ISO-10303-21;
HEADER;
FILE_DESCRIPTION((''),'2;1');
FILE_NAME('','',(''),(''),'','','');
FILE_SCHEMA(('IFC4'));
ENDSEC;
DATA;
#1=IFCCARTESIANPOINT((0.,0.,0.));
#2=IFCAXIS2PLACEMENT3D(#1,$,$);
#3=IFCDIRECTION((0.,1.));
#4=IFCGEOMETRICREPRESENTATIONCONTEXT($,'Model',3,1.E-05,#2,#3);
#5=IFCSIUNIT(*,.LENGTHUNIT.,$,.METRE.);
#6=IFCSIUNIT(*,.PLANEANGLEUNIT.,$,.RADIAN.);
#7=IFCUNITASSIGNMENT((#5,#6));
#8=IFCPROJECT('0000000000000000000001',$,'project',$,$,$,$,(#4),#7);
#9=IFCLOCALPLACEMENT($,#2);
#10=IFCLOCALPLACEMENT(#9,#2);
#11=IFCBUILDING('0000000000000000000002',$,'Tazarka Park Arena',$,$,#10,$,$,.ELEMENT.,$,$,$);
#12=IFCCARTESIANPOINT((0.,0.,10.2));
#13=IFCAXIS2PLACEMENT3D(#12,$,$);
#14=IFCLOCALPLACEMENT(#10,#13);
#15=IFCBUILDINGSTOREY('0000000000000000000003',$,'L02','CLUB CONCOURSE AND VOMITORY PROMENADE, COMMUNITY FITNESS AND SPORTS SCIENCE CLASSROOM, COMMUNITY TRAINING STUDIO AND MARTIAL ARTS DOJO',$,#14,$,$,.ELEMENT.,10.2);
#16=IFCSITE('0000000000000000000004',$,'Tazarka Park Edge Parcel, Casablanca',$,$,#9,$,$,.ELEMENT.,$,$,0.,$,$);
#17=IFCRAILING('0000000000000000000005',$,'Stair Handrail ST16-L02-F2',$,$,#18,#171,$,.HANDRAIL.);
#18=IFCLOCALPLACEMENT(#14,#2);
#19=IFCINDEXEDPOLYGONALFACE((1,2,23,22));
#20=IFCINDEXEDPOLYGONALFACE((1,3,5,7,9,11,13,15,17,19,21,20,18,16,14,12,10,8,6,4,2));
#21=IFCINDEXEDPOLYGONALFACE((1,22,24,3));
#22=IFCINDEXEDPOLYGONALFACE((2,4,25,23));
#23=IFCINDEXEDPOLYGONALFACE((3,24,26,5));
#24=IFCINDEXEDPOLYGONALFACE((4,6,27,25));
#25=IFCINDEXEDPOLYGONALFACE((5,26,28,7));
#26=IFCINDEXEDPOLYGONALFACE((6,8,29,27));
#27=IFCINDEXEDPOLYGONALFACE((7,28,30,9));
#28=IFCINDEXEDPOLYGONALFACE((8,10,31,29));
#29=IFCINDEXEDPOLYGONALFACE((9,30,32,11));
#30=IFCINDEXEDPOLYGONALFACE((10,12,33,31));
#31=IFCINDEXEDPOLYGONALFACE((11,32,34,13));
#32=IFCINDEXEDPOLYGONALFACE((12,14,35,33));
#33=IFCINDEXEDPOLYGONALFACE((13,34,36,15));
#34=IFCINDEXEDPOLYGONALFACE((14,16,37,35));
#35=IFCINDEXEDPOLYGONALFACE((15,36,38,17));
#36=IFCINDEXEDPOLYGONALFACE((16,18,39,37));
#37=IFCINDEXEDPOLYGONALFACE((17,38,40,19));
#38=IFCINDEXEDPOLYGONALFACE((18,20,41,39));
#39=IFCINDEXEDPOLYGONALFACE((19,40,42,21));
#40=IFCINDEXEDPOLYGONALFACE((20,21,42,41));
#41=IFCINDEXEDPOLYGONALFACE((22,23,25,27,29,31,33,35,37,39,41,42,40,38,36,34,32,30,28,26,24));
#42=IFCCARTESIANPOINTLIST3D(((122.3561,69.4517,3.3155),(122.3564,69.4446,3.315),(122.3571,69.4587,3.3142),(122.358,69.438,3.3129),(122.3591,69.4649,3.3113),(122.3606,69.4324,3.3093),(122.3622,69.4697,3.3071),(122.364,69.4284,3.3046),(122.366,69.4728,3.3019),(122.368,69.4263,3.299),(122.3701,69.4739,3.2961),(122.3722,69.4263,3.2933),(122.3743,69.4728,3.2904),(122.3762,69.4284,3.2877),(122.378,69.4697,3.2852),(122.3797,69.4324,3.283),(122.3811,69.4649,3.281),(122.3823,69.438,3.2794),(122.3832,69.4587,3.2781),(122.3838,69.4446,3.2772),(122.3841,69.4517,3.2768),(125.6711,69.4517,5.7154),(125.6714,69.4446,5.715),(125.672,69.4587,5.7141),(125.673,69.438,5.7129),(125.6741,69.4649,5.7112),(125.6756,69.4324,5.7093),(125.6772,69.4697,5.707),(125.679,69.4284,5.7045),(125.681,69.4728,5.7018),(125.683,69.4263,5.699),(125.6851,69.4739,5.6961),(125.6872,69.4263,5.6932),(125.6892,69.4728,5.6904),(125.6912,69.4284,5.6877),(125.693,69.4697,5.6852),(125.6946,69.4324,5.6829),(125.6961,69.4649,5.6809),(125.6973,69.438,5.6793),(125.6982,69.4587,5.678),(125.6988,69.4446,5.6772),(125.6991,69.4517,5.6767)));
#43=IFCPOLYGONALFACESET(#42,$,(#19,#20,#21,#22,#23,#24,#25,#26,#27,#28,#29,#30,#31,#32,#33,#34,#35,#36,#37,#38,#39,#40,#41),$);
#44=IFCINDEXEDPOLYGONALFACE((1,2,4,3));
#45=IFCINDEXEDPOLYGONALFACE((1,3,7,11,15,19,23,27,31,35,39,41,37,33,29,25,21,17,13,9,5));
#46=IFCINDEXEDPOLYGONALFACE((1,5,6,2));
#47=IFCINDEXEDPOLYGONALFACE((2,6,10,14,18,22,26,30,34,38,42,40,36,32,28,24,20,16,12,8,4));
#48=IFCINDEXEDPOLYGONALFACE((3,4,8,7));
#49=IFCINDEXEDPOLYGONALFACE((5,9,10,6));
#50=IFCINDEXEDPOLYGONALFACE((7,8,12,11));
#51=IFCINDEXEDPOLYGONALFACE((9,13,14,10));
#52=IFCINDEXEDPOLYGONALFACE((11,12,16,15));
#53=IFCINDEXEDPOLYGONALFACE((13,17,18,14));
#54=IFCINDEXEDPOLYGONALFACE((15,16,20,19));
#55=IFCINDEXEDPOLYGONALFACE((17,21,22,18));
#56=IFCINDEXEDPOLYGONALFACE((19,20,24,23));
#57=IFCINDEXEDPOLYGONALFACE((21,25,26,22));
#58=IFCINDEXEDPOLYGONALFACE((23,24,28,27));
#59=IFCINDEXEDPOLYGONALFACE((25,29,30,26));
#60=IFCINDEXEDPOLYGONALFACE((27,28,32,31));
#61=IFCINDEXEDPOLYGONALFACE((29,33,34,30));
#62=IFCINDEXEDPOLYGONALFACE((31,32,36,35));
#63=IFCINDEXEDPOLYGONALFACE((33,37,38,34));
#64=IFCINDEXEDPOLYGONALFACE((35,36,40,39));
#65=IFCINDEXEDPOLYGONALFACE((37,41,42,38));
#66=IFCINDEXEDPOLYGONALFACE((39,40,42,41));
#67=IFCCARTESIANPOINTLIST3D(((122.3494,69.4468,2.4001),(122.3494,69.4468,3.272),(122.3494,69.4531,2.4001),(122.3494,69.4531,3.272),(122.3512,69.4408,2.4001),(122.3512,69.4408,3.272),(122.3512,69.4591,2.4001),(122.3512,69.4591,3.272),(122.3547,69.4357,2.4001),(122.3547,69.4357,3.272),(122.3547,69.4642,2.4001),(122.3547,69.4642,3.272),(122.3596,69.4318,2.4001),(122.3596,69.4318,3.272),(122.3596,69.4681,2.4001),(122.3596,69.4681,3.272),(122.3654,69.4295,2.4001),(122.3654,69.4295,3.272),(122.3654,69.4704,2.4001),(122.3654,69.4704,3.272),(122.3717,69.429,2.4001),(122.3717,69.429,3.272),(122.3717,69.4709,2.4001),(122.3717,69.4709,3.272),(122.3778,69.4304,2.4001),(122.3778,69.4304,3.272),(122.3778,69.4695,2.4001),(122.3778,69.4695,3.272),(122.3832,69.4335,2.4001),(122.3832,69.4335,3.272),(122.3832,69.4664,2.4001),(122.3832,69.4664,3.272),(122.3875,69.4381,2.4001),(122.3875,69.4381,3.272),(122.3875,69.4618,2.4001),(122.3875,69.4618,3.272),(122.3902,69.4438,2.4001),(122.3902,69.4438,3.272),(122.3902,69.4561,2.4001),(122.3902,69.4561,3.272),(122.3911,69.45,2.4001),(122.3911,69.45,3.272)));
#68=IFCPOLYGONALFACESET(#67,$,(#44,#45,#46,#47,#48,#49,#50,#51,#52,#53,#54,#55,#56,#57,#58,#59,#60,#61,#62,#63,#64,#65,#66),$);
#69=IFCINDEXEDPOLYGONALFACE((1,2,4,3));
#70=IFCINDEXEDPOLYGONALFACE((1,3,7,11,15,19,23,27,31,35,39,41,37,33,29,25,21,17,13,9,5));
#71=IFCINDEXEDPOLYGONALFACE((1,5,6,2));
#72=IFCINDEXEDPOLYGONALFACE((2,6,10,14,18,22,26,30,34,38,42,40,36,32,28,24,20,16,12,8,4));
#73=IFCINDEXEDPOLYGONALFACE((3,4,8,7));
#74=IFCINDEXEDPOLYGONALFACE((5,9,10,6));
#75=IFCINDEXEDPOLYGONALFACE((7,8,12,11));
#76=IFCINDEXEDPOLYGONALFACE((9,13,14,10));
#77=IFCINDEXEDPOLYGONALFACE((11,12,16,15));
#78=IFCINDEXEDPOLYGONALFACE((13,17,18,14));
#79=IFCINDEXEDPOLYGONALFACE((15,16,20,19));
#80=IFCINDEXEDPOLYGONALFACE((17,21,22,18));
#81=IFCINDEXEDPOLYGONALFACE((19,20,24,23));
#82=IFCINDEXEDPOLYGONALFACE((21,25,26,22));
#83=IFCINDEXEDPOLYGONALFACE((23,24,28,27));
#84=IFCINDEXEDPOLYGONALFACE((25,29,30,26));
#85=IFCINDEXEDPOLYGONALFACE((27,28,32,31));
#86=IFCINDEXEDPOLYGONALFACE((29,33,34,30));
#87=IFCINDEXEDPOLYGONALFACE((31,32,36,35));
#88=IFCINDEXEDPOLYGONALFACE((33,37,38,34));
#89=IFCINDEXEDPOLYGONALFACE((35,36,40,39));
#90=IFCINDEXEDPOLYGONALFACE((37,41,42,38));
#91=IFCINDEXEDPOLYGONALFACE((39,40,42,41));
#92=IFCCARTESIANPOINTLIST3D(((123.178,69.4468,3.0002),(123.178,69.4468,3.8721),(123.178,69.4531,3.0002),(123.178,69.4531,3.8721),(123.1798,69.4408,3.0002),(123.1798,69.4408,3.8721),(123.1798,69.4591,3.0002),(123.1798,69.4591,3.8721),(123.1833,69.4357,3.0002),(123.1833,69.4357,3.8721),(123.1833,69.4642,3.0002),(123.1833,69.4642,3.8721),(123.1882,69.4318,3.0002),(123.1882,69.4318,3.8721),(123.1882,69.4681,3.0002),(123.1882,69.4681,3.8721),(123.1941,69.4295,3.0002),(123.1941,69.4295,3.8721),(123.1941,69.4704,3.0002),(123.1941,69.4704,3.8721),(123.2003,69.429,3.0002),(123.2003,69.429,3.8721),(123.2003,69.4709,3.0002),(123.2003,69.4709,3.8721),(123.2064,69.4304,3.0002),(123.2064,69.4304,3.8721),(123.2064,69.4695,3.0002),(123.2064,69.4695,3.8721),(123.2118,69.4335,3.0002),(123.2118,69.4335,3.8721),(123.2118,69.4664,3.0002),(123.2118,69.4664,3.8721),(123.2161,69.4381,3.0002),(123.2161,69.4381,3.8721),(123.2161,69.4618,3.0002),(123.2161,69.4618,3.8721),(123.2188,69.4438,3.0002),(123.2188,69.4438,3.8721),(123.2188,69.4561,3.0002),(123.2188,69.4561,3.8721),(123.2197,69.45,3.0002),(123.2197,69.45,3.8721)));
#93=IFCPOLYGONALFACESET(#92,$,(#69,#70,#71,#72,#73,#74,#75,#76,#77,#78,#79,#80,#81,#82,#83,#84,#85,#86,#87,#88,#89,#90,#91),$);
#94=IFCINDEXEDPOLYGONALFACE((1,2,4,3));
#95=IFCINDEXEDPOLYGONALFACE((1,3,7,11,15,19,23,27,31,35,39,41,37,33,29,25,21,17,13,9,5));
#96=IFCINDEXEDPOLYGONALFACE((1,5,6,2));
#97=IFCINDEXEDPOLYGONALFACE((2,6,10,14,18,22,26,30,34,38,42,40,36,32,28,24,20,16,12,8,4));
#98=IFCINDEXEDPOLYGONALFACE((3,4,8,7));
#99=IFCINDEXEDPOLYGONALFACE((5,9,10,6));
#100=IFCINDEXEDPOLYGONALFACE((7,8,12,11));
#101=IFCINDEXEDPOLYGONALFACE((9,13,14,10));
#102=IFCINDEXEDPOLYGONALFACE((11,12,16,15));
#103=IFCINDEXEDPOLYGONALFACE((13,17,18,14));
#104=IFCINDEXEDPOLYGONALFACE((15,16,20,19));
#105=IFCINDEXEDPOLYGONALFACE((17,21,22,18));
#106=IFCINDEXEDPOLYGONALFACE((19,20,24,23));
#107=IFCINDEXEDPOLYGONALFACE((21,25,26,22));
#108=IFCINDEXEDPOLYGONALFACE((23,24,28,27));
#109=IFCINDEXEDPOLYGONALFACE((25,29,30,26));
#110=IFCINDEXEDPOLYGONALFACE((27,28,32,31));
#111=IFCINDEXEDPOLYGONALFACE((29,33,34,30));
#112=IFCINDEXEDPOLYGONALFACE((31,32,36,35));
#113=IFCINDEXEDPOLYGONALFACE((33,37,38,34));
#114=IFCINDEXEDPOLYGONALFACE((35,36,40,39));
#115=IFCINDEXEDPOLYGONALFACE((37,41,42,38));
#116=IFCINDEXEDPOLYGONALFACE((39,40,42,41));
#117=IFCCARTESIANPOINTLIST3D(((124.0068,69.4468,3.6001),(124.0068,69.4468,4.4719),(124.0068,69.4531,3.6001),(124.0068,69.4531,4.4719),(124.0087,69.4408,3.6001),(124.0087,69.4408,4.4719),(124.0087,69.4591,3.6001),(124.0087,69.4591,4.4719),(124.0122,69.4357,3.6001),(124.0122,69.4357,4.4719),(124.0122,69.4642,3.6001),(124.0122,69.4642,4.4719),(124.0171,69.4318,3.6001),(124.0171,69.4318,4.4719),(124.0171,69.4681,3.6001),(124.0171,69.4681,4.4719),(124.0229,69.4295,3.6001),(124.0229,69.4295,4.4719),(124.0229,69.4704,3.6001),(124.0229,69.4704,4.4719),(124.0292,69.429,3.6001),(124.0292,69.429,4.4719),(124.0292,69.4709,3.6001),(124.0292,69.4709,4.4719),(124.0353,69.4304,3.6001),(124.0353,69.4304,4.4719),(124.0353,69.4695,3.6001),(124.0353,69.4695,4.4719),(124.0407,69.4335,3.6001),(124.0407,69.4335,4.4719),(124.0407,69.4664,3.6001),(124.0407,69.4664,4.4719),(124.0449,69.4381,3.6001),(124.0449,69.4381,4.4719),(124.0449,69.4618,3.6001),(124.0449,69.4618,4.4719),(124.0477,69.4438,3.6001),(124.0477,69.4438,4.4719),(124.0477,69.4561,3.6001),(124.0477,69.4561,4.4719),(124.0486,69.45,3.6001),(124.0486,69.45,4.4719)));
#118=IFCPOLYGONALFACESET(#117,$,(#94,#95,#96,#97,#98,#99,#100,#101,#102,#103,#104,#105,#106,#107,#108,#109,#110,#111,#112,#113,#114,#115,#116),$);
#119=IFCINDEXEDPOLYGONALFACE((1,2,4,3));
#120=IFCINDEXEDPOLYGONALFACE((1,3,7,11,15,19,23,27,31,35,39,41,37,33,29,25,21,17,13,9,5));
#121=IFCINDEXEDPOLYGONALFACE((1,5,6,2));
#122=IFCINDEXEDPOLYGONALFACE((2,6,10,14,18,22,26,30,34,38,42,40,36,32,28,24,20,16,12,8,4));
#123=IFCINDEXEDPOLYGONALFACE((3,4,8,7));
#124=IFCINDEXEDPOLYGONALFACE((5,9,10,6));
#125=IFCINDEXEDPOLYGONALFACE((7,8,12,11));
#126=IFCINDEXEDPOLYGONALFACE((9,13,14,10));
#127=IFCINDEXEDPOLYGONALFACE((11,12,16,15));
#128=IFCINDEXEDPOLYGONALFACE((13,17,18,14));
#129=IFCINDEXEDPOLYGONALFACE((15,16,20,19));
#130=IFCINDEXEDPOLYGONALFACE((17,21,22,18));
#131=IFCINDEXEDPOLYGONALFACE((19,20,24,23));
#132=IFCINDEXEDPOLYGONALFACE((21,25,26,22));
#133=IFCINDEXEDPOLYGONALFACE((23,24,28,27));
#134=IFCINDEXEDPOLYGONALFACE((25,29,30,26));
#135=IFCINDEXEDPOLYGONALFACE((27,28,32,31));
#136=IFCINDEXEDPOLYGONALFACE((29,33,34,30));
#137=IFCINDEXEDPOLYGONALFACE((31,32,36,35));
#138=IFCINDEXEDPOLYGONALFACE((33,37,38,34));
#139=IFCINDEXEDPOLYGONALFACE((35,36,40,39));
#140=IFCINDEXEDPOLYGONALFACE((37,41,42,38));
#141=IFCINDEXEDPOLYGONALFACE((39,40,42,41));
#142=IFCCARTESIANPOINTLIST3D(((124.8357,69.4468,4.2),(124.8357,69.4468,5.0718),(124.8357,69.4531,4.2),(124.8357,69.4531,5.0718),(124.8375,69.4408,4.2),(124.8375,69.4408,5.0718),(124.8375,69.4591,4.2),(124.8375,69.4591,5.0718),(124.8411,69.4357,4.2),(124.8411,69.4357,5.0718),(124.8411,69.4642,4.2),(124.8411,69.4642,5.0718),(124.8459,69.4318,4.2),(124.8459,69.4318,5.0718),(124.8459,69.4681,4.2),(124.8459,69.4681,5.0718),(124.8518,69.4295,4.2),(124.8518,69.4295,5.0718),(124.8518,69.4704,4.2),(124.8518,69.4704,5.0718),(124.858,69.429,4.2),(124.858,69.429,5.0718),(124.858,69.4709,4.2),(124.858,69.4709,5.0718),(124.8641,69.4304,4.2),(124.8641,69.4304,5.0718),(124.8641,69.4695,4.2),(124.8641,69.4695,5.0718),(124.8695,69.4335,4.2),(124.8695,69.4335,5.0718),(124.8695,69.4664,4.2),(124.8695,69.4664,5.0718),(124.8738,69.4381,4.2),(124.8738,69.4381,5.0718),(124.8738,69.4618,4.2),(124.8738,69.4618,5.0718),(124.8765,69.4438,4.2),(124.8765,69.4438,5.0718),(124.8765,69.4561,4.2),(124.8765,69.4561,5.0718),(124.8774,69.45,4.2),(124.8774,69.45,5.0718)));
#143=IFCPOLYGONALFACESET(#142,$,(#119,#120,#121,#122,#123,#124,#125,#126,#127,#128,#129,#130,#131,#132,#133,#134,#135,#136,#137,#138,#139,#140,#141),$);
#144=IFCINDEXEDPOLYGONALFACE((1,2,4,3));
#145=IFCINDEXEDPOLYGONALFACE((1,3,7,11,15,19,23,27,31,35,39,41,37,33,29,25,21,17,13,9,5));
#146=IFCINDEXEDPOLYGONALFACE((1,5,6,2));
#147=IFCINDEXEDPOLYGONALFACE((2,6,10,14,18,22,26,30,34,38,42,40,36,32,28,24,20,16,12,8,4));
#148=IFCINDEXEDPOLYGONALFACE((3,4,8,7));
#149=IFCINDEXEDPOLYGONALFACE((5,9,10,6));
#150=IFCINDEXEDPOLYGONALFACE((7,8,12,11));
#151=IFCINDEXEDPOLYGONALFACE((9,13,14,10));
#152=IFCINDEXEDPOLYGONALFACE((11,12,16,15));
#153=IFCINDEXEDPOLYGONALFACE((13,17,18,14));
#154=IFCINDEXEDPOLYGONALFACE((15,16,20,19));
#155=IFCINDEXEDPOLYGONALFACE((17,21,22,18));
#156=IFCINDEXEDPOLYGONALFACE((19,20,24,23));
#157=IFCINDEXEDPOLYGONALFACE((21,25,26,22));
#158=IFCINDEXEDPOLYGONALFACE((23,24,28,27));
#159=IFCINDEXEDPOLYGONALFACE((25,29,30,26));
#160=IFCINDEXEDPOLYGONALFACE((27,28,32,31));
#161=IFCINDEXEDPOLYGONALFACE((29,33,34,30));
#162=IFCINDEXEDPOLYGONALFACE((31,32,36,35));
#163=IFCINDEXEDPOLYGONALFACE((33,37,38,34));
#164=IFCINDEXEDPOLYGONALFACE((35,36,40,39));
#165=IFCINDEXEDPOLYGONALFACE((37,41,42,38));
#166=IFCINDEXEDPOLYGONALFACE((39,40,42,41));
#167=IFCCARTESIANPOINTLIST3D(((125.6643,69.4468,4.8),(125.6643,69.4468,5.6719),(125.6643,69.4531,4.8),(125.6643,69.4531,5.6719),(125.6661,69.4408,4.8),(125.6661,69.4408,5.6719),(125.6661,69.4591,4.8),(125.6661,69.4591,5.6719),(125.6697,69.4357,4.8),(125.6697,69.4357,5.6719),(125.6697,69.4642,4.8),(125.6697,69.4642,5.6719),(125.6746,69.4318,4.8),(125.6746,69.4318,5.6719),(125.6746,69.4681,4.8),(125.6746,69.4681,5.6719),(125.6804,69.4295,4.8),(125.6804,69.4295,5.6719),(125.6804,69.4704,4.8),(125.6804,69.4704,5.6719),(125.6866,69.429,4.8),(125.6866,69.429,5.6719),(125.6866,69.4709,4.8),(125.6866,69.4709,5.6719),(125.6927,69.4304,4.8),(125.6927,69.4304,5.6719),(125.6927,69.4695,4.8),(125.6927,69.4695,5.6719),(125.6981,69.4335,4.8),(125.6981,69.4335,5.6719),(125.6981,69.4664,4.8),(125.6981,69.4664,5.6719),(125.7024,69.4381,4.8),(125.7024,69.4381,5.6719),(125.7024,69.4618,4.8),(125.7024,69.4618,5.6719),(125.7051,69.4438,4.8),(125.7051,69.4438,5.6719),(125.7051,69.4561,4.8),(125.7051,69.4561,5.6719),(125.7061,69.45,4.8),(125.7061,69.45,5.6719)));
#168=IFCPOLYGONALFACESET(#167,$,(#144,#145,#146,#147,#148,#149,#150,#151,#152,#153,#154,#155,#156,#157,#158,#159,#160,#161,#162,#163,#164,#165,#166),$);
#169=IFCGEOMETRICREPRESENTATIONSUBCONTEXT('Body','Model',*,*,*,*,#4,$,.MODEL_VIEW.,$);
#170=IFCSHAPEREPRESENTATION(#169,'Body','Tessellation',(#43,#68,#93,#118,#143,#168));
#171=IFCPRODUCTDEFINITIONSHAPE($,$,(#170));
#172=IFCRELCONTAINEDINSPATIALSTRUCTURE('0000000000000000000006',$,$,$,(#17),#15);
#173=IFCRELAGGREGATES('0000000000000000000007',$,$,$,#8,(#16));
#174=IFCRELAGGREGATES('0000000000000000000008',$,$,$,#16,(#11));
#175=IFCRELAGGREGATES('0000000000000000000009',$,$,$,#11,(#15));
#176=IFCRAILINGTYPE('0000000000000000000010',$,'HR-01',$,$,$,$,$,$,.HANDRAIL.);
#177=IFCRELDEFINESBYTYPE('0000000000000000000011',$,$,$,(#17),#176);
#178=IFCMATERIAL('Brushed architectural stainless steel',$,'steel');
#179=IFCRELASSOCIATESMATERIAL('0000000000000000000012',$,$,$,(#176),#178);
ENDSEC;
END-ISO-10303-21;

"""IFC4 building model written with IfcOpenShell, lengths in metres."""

from ifc_helpers import new_model, si_unit, direction, frame, origin, origin_2d, place, context, subcontext, project, spatial, circle, extrude, material, type_object, element, save


model = new_model("IFC4")

# Units and contexts
model_context = context("Model", 3, precision=1e-05, world=origin(), true_north=direction((0.0, 1.0)))
body_context = subcontext(model_context, "Body", "Model", "MODEL_VIEW")
ifc_project = project(units=[si_unit("LENGTHUNIT", "METRE"), si_unit("PLANEANGLEUNIT", "RADIAN")], contexts=[model_context])

# Site, building, storey
site_placement = place(None, origin())
site = spatial("IfcSite", under=ifc_project, at=site_placement, Name="Tazarka Park Edge Parcel, Casablanca", CompositionType="ELEMENT", RefElevation=0.0)
building_placement = place(site_placement, origin())
building = spatial("IfcBuilding", under=site, at=building_placement, Name="Tazarka Park Arena", CompositionType="ELEMENT")
storey_placement = place(building_placement, frame((0.0, 0.0, 10.2)))
storey = spatial("IfcBuildingStorey", under=building, at=storey_placement, Name="L02", Description="CLUB CONCOURSE AND VOMITORY PROMENADE, COMMUNITY FITNESS AND SPORTS SCIENCE CLASSROOM, COMMUNITY TRAINING STUDIO AND MARTIAL ARTS DOJO", CompositionType="ELEMENT", Elevation=10.2)

# Railing
ifc_material_1 = material(Name="Brushed architectural stainless steel", Category="steel")
railing_type_1 = type_object("IfcRailingType", Name="HR-01", PredefinedType="HANDRAIL", material=ifc_material_1)
railing_1_placement = place(storey_placement, frame((122.3701, 69.45, 2.4001)))
element("IfcRailing", 1, at=railing_1_placement, inside=storey, type_object=railing_type_1, Name="Stair Handrail ST16-L02-F2", PredefinedType="HANDRAIL", context=body_context, shape_type="SweptSolid", body=[
    extrude(circle(Radius=0.0239, at=origin_2d()), frame((0.0, 0.0, 0.896), z_axis=(0.810009, 0.0, 0.586418), x_axis=(0.0, 1.0, 0.0)), (0.0, 0.0, 1.0), 4.0925),
    extrude(circle(Radius=0.021, at=origin_2d()), origin(), (0.0, 0.0, 1.0), 0.8718),
    extrude(circle(Radius=0.021, at=origin_2d()), frame((0.8286, 0.0, 0.6001)), (0.0, 0.0, 1.0), 0.8718),
    extrude(circle(Radius=0.021, at=origin_2d()), frame((1.6575, 0.0, 1.2)), (0.0, 0.0, 1.0), 0.8718),
    extrude(circle(Radius=0.021, at=origin_2d()), frame((2.4863, 0.0, 1.7998)), (0.0, 0.0, 1.0), 0.8718),
    extrude(circle(Radius=0.021, at=origin_2d()), frame((3.3149, 0.0, 2.3999)), (0.0, 0.0, 1.0), 0.8718),
])

save(model, "model.ifc")
